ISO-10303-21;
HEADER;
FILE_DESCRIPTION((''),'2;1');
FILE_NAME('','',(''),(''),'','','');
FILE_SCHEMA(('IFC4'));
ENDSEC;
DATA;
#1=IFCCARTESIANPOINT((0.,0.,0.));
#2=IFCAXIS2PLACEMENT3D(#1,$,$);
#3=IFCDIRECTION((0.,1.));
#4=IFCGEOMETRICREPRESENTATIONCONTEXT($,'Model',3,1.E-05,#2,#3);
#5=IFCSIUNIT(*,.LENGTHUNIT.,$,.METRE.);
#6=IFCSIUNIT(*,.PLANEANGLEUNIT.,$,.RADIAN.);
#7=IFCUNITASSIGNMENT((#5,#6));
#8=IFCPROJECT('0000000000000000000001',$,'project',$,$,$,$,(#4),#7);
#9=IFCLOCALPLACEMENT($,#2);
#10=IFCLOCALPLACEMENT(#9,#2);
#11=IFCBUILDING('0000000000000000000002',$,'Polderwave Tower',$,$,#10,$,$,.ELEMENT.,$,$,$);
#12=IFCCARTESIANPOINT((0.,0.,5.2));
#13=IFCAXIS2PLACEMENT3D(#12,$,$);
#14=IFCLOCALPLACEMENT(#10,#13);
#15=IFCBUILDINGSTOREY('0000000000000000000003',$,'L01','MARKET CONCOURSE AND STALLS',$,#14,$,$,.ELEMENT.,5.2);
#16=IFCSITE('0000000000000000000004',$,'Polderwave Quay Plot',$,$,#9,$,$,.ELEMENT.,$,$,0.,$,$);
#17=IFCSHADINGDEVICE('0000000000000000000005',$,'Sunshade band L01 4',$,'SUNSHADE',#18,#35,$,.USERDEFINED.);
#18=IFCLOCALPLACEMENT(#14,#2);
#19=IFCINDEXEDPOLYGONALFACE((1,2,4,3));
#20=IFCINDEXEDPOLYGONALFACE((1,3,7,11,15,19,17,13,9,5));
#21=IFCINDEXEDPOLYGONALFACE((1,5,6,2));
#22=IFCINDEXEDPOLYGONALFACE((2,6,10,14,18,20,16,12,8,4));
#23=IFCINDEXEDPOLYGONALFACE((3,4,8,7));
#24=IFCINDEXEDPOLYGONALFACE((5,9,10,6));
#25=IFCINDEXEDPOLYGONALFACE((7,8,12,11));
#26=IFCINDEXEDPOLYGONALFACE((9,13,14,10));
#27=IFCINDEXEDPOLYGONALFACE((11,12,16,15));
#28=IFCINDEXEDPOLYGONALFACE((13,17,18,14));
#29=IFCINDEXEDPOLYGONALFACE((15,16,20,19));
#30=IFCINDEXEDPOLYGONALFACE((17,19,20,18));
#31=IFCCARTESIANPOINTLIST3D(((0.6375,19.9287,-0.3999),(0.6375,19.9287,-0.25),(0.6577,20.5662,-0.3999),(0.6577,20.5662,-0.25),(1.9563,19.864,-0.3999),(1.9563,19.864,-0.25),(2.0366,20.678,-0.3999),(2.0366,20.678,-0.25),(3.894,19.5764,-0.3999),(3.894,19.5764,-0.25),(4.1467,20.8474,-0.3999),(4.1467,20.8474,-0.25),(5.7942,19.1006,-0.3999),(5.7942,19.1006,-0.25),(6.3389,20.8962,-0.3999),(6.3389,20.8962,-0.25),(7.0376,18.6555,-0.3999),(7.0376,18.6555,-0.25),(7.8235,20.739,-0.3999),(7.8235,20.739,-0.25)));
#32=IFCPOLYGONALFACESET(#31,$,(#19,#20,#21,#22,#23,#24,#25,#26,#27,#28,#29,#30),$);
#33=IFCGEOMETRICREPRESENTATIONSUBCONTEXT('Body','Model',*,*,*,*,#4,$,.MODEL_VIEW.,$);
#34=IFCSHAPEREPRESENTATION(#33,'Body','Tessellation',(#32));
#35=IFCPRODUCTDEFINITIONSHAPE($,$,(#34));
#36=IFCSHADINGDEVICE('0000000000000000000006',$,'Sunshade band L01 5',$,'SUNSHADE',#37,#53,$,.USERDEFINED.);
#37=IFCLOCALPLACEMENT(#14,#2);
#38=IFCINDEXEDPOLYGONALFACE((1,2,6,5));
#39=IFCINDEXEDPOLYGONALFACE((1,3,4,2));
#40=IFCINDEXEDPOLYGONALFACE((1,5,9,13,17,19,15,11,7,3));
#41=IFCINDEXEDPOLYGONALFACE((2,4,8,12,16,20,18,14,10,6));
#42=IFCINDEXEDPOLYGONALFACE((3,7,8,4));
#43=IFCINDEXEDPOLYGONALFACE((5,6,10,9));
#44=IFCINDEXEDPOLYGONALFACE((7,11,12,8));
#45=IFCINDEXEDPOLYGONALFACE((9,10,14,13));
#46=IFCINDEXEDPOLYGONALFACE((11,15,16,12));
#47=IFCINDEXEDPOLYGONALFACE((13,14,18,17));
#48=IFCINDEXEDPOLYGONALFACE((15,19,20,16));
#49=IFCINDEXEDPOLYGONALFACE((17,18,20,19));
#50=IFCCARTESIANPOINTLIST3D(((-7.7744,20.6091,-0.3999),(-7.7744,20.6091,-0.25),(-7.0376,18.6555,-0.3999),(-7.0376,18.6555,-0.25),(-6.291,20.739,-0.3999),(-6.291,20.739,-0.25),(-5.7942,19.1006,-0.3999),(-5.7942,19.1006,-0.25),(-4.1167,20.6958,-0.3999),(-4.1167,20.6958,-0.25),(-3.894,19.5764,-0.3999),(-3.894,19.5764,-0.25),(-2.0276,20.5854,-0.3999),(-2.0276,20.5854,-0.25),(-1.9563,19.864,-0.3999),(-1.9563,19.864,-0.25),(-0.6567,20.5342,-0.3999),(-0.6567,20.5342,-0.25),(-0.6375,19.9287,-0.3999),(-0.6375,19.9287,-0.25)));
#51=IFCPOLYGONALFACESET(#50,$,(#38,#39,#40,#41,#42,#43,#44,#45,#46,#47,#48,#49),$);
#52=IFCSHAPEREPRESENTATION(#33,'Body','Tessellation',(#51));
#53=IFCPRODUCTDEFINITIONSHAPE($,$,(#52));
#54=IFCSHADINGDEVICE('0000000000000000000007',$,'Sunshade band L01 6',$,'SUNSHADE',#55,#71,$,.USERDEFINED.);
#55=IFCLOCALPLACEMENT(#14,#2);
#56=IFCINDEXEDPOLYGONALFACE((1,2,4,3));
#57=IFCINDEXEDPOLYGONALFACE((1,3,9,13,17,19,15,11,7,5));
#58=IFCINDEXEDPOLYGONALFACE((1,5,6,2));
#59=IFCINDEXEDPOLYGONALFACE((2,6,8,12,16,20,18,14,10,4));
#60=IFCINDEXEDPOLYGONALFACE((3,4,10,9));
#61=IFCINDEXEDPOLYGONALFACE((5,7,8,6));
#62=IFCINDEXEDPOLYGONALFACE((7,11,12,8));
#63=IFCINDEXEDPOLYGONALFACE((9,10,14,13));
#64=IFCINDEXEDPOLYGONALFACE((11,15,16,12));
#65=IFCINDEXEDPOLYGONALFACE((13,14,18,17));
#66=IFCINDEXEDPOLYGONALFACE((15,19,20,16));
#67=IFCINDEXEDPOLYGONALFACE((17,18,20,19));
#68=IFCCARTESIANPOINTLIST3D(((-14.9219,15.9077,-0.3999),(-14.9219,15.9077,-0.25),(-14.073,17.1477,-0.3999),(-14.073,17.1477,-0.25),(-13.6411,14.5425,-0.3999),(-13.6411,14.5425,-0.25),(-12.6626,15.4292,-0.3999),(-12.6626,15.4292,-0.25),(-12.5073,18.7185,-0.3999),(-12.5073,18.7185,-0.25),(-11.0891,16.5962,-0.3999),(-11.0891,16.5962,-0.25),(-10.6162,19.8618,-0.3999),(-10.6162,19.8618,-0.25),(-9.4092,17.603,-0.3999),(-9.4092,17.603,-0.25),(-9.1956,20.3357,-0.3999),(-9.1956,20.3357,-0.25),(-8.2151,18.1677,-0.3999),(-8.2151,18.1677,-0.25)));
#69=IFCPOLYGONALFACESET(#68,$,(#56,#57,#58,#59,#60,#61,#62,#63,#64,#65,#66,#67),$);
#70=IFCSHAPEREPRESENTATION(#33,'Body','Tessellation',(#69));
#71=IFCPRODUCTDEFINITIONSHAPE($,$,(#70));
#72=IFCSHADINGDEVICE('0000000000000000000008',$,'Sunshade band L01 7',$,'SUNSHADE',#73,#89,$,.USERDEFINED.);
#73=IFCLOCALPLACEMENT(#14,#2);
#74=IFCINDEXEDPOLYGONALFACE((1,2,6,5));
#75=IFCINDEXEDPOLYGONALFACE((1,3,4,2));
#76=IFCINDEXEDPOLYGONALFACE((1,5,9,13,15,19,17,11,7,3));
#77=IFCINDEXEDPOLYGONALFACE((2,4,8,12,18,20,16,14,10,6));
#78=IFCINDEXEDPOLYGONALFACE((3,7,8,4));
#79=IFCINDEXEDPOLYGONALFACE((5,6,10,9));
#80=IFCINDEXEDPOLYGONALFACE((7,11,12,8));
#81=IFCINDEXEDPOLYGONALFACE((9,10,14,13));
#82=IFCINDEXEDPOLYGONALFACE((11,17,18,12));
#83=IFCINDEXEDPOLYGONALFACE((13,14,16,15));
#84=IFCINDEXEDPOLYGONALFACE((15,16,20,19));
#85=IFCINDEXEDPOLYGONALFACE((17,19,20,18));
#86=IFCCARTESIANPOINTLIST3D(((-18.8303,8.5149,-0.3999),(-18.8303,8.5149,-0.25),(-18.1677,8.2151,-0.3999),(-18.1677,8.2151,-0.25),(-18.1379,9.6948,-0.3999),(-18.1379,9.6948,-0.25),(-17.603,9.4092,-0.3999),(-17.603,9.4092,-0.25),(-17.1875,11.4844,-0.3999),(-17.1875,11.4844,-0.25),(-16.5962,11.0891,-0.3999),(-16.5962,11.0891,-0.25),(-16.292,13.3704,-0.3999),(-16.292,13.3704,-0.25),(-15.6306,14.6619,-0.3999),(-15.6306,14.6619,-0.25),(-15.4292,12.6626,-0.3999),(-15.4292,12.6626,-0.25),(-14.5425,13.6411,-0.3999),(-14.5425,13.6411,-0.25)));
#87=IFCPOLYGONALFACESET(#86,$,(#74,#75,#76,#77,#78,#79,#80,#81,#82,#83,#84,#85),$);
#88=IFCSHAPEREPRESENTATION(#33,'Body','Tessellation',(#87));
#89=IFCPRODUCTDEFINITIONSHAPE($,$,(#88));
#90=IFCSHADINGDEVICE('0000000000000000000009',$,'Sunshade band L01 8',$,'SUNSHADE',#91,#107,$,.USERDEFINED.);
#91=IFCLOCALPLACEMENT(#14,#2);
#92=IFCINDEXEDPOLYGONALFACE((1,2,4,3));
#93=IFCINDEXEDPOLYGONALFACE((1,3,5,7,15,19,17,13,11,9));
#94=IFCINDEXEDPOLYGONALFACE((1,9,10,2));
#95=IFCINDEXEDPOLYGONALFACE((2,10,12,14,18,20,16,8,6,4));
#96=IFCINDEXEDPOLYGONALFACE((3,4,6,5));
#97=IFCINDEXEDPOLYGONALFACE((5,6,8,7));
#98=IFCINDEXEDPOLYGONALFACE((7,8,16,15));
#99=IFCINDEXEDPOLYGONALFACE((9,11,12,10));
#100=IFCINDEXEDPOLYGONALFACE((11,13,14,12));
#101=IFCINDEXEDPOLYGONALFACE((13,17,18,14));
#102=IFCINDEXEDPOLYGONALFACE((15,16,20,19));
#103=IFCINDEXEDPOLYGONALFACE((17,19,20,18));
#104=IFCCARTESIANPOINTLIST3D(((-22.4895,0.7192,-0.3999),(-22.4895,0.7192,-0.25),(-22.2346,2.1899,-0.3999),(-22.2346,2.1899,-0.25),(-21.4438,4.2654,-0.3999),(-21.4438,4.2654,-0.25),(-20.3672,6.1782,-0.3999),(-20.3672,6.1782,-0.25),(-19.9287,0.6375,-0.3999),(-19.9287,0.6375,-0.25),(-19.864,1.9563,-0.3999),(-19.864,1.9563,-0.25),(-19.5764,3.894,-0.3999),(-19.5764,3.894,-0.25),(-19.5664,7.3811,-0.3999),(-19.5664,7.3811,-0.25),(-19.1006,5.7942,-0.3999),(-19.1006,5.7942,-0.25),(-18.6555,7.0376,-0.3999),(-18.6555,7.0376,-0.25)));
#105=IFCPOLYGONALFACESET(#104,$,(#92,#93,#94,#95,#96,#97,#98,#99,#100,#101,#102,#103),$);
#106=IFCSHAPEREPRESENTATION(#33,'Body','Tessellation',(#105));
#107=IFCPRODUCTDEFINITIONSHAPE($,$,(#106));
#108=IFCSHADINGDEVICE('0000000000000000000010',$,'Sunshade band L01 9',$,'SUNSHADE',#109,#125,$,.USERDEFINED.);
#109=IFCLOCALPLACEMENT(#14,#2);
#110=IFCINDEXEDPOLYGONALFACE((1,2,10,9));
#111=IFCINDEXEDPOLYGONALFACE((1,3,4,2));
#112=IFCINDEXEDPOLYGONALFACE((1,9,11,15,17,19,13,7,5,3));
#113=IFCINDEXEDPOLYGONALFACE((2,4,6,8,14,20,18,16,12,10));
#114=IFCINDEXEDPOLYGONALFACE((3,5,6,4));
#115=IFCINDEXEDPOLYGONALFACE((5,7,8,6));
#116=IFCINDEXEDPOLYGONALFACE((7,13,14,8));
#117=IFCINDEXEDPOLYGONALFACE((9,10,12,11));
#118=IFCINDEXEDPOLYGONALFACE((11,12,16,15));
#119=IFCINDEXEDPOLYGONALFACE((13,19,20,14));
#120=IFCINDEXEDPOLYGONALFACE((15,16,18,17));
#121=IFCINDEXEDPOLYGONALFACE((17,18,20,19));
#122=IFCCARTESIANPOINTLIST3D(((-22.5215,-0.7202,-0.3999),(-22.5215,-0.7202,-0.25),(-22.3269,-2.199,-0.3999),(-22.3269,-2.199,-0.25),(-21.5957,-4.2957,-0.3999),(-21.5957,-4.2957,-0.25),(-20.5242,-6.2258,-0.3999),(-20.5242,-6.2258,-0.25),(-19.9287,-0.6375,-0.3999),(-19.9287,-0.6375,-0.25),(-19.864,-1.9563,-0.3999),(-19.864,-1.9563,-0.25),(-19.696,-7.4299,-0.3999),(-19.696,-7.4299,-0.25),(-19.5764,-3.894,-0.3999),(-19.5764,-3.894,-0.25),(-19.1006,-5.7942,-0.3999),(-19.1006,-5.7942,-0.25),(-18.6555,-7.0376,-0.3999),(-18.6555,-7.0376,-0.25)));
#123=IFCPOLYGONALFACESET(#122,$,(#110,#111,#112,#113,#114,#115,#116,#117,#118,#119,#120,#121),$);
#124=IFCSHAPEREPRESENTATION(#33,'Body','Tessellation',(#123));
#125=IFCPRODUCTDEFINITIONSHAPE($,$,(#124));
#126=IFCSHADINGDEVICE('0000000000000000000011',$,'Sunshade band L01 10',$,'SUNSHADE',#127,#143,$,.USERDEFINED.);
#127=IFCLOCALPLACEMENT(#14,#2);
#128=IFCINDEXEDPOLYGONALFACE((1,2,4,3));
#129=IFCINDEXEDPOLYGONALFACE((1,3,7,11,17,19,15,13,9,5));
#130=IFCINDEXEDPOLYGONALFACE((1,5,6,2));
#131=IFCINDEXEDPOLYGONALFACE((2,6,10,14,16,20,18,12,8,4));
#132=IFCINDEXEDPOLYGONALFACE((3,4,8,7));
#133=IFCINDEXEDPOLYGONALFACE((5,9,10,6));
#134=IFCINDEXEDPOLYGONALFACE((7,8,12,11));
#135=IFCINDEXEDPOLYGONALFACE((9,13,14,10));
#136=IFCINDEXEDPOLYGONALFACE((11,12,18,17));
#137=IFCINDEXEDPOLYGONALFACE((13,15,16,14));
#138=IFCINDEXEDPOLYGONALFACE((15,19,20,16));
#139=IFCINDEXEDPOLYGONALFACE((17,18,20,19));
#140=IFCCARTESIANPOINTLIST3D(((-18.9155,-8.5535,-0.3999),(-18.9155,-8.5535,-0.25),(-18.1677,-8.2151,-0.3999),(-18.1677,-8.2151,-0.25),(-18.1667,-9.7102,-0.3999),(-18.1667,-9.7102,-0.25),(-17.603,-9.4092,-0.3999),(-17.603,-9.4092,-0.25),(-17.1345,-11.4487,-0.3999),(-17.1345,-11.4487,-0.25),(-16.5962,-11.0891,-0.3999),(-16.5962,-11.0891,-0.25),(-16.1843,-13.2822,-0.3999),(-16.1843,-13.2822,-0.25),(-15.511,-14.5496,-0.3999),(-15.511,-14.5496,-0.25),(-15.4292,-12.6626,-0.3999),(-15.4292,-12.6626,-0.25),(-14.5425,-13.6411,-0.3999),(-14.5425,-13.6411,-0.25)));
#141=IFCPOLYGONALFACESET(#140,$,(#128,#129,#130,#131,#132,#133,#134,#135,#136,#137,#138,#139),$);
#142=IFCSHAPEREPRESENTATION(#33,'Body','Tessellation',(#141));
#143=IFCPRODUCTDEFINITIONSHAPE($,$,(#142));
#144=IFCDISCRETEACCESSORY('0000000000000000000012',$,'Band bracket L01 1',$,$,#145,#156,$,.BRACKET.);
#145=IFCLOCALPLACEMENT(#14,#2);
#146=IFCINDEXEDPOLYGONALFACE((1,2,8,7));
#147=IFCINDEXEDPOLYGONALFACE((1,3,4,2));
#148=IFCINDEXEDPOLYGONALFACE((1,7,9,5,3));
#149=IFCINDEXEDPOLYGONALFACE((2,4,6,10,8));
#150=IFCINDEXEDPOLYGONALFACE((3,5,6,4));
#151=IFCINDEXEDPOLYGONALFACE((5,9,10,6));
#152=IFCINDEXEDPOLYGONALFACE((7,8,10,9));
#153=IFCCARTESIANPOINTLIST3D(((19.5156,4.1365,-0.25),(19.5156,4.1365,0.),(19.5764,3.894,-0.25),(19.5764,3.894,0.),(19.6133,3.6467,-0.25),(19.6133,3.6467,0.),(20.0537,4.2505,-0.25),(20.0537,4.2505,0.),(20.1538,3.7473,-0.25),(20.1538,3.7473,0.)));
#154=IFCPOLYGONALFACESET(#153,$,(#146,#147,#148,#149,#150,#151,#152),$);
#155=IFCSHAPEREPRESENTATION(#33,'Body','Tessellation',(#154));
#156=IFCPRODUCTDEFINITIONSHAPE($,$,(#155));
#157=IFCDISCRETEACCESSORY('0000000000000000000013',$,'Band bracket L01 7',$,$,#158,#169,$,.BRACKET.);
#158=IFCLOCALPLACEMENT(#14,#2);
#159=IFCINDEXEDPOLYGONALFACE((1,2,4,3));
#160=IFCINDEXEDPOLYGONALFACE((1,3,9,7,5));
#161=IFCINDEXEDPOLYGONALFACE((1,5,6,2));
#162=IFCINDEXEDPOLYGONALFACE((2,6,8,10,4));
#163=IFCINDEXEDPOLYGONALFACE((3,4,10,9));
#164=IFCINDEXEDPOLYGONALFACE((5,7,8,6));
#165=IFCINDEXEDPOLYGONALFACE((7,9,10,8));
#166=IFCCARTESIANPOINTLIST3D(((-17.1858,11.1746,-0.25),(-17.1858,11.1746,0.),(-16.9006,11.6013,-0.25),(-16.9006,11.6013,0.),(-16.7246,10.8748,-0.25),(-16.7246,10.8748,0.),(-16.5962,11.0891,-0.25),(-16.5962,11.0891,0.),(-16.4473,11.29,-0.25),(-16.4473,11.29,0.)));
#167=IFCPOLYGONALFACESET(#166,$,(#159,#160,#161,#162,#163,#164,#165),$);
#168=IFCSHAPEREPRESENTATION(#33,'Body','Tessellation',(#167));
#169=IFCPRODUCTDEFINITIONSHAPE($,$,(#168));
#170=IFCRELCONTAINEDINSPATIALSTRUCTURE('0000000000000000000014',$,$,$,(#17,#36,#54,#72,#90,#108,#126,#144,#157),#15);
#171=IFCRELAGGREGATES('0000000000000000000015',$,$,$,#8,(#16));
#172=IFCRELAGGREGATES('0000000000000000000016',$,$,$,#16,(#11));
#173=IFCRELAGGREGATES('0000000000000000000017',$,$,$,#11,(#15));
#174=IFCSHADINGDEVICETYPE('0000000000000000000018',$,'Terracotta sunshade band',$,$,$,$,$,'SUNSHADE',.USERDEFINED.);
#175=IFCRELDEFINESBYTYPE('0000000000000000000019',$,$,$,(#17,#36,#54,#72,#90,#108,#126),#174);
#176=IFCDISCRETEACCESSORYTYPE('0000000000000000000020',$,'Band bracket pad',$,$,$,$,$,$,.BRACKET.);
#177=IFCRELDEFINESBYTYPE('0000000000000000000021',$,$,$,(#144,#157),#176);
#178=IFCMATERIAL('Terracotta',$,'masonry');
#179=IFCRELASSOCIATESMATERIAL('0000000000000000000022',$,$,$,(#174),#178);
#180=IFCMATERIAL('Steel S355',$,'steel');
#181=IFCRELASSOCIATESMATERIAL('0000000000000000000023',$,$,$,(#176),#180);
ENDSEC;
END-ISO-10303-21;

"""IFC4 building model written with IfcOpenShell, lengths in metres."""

from ifc_helpers import new_model, si_unit, direction, frame, origin, place, context, subcontext, project, spatial, polyline, outline, extrude, material, type_object, element, save


model = new_model("IFC4")

# Units and contexts
model_context = context("Model", 3, precision=1e-05, world=origin(), true_north=direction((0.0, 1.0)))
body_context = subcontext(model_context, "Body", "Model", "MODEL_VIEW")
ifc_project = project(units=[si_unit("LENGTHUNIT", "METRE"), si_unit("PLANEANGLEUNIT", "RADIAN")], contexts=[model_context])

# Site, building, storey
site_placement = place(None, origin())
site = spatial("IfcSite", under=ifc_project, at=site_placement, Name="Polderwave Quay Plot", CompositionType="ELEMENT", RefElevation=0.0)
building_placement = place(site_placement, origin())
building = spatial("IfcBuilding", under=site, at=building_placement, Name="Polderwave Tower", CompositionType="ELEMENT")
storey_placement = place(building_placement, frame((0.0, 0.0, 5.2)))
storey = spatial("IfcBuildingStorey", under=building, at=storey_placement, Name="L01", Description="MARKET CONCOURSE AND STALLS", CompositionType="ELEMENT", Elevation=5.2)

# Shading devices
ifc_material_1 = material(Name="Terracotta", Category="masonry")
shading_device_type = type_object("IfcShadingDeviceType", Name="Terracotta sunshade band", ElementType="SUNSHADE", PredefinedType="USERDEFINED", material=ifc_material_1)
shading_device_1_placement = place(storey_placement, frame((0.0, 0.0, -0.3999)))
element("IfcShadingDevice", 1, at=shading_device_1_placement, inside=storey, type_object=shading_device_type, Name="Sunshade band L01 4", ObjectType="SUNSHADE", PredefinedType="USERDEFINED", context=body_context, shape_type="SweptSolid", body=[
    extrude(outline(polyline([(7.0376, 18.6555), (5.7942, 19.1006), (3.894, 19.5764), (1.9563, 19.864), (0.6375, 19.9287), (0.6577, 20.5662), (2.0366, 20.678), (4.1467, 20.8474), (6.3389, 20.8962), (7.8235, 20.739), (7.0376, 18.6555)])), origin(), (0.0, 0.0, 1.0), 0.1499),
])
shading_device_2_placement = place(storey_placement, frame((0.0, 0.0, -0.3999)))
element("IfcShadingDevice", 2, at=shading_device_2_placement, inside=storey, type_object=shading_device_type, Name="Sunshade band L01 5", ObjectType="SUNSHADE", PredefinedType="USERDEFINED", context=body_context, shape_type="SweptSolid", body=[
    extrude(outline(polyline([(-0.6375, 19.9287), (-1.9563, 19.864), (-3.894, 19.5764), (-5.7942, 19.1006), (-7.0376, 18.6555), (-7.7744, 20.6091), (-6.291, 20.739), (-4.1167, 20.6958), (-2.0276, 20.5854), (-0.6567, 20.5342), (-0.6375, 19.9287)])), origin(), (0.0, 0.0, 1.0), 0.1499),
])
shading_device_3_placement = place(storey_placement, frame((0.0, 0.0, -0.3999)))
element("IfcShadingDevice", 3, at=shading_device_3_placement, inside=storey, type_object=shading_device_type, Name="Sunshade band L01 6", ObjectType="SUNSHADE", PredefinedType="USERDEFINED", context=body_context, shape_type="SweptSolid", body=[
    extrude(outline(polyline([(-8.2151, 18.1677), (-9.4092, 17.603), (-11.0891, 16.5962), (-12.6626, 15.4292), (-13.6411, 14.5425), (-14.9219, 15.9077), (-14.073, 17.1477), (-12.5073, 18.7185), (-10.6162, 19.8618), (-9.1956, 20.3357), (-8.2151, 18.1677)])), origin(), (0.0, 0.0, 1.0), 0.1499),
])
shading_device_4_placement = place(storey_placement, frame((0.0, 0.0, -0.3999)))
element("IfcShadingDevice", 4, at=shading_device_4_placement, inside=storey, type_object=shading_device_type, Name="Sunshade band L01 7", ObjectType="SUNSHADE", PredefinedType="USERDEFINED", context=body_context, shape_type="SweptSolid", body=[
    extrude(outline(polyline([(-14.5425, 13.6411), (-15.4292, 12.6626), (-16.5962, 11.0891), (-17.603, 9.4092), (-18.1677, 8.2151), (-18.8303, 8.5149), (-18.1379, 9.6948), (-17.1875, 11.4844), (-16.292, 13.3704), (-15.6306, 14.6619), (-14.5425, 13.6411)])), origin(), (0.0, 0.0, 1.0), 0.1499),
])
shading_device_5_placement = place(storey_placement, frame((0.0, 0.0, -0.3999)))
element("IfcShadingDevice", 5, at=shading_device_5_placement, inside=storey, type_object=shading_device_type, Name="Sunshade band L01 8", ObjectType="SUNSHADE", PredefinedType="USERDEFINED", context=body_context, shape_type="SweptSolid", body=[
    extrude(outline(polyline([(-18.6555, 7.0376), (-19.1006, 5.7942), (-19.5764, 3.894), (-19.864, 1.9563), (-19.9287, 0.6375), (-22.4895, 0.7192), (-22.2346, 2.1899), (-21.4438, 4.2654), (-20.3672, 6.1782), (-19.5664, 7.3811), (-18.6555, 7.0376)])), origin(), (0.0, 0.0, 1.0), 0.1499),
])
shading_device_6_placement = place(storey_placement, frame((0.0, 0.0, -0.3999)))
element("IfcShadingDevice", 6, at=shading_device_6_placement, inside=storey, type_object=shading_device_type, Name="Sunshade band L01 9", ObjectType="SUNSHADE", PredefinedType="USERDEFINED", context=body_context, shape_type="SweptSolid", body=[
    extrude(outline(polyline([(-19.9287, -0.6375), (-19.864, -1.9563), (-19.5764, -3.894), (-19.1006, -5.7942), (-18.6555, -7.0376), (-19.696, -7.4299), (-20.5242, -6.2258), (-21.5957, -4.2957), (-22.3269, -2.199), (-22.5215, -0.7202), (-19.9287, -0.6375)])), origin(), (0.0, 0.0, 1.0), 0.1499),
])
shading_device_7_placement = place(storey_placement, frame((0.0, 0.0, -0.3999)))
element("IfcShadingDevice", 7, at=shading_device_7_placement, inside=storey, type_object=shading_device_type, Name="Sunshade band L01 10", ObjectType="SUNSHADE", PredefinedType="USERDEFINED", context=body_context, shape_type="SweptSolid", body=[
    extrude(outline(polyline([(-18.1677, -8.2151), (-17.603, -9.4092), (-16.5962, -11.0891), (-15.4292, -12.6626), (-14.5425, -13.6411), (-15.511, -14.5496), (-16.1843, -13.2822), (-17.1345, -11.4487), (-18.1667, -9.7102), (-18.9155, -8.5535), (-18.1677, -8.2151)])), origin(), (0.0, 0.0, 1.0), 0.1499),
])

# Discrete accessories
ifc_material_2 = material(Name="Steel S355", Category="steel")
discrete_accessory_type = type_object("IfcDiscreteAccessoryType", Name="Band bracket pad", PredefinedType="BRACKET", material=ifc_material_2)
discrete_accessory_1_placement = place(storey_placement, frame((0.0, 0.0, -0.25)))
element("IfcDiscreteAccessory", 8, at=discrete_accessory_1_placement, inside=storey, type_object=discrete_accessory_type, Name="Band bracket L01 1", PredefinedType="BRACKET", context=body_context, shape_type="SweptSolid", body=[
    extrude(outline(polyline([(19.6133, 3.6467), (19.5764, 3.894), (19.5156, 4.1365), (20.0537, 4.2505), (20.1538, 3.7473), (19.6133, 3.6467)])), origin(), (0.0, 0.0, 1.0), 0.25),
])
discrete_accessory_2_placement = place(storey_placement, frame((0.0, 0.0, -0.25)))
element("IfcDiscreteAccessory", 9, at=discrete_accessory_2_placement, inside=storey, type_object=discrete_accessory_type, Name="Band bracket L01 7", PredefinedType="BRACKET", context=body_context, shape_type="SweptSolid", body=[
    extrude(outline(polyline([(-16.4473, 11.29), (-16.5962, 11.0891), (-16.7246, 10.8748), (-17.1858, 11.1746), (-16.9006, 11.6013), (-16.4473, 11.29)])), origin(), (0.0, 0.0, 1.0), 0.25),
])

save(model, "model.ifc")
